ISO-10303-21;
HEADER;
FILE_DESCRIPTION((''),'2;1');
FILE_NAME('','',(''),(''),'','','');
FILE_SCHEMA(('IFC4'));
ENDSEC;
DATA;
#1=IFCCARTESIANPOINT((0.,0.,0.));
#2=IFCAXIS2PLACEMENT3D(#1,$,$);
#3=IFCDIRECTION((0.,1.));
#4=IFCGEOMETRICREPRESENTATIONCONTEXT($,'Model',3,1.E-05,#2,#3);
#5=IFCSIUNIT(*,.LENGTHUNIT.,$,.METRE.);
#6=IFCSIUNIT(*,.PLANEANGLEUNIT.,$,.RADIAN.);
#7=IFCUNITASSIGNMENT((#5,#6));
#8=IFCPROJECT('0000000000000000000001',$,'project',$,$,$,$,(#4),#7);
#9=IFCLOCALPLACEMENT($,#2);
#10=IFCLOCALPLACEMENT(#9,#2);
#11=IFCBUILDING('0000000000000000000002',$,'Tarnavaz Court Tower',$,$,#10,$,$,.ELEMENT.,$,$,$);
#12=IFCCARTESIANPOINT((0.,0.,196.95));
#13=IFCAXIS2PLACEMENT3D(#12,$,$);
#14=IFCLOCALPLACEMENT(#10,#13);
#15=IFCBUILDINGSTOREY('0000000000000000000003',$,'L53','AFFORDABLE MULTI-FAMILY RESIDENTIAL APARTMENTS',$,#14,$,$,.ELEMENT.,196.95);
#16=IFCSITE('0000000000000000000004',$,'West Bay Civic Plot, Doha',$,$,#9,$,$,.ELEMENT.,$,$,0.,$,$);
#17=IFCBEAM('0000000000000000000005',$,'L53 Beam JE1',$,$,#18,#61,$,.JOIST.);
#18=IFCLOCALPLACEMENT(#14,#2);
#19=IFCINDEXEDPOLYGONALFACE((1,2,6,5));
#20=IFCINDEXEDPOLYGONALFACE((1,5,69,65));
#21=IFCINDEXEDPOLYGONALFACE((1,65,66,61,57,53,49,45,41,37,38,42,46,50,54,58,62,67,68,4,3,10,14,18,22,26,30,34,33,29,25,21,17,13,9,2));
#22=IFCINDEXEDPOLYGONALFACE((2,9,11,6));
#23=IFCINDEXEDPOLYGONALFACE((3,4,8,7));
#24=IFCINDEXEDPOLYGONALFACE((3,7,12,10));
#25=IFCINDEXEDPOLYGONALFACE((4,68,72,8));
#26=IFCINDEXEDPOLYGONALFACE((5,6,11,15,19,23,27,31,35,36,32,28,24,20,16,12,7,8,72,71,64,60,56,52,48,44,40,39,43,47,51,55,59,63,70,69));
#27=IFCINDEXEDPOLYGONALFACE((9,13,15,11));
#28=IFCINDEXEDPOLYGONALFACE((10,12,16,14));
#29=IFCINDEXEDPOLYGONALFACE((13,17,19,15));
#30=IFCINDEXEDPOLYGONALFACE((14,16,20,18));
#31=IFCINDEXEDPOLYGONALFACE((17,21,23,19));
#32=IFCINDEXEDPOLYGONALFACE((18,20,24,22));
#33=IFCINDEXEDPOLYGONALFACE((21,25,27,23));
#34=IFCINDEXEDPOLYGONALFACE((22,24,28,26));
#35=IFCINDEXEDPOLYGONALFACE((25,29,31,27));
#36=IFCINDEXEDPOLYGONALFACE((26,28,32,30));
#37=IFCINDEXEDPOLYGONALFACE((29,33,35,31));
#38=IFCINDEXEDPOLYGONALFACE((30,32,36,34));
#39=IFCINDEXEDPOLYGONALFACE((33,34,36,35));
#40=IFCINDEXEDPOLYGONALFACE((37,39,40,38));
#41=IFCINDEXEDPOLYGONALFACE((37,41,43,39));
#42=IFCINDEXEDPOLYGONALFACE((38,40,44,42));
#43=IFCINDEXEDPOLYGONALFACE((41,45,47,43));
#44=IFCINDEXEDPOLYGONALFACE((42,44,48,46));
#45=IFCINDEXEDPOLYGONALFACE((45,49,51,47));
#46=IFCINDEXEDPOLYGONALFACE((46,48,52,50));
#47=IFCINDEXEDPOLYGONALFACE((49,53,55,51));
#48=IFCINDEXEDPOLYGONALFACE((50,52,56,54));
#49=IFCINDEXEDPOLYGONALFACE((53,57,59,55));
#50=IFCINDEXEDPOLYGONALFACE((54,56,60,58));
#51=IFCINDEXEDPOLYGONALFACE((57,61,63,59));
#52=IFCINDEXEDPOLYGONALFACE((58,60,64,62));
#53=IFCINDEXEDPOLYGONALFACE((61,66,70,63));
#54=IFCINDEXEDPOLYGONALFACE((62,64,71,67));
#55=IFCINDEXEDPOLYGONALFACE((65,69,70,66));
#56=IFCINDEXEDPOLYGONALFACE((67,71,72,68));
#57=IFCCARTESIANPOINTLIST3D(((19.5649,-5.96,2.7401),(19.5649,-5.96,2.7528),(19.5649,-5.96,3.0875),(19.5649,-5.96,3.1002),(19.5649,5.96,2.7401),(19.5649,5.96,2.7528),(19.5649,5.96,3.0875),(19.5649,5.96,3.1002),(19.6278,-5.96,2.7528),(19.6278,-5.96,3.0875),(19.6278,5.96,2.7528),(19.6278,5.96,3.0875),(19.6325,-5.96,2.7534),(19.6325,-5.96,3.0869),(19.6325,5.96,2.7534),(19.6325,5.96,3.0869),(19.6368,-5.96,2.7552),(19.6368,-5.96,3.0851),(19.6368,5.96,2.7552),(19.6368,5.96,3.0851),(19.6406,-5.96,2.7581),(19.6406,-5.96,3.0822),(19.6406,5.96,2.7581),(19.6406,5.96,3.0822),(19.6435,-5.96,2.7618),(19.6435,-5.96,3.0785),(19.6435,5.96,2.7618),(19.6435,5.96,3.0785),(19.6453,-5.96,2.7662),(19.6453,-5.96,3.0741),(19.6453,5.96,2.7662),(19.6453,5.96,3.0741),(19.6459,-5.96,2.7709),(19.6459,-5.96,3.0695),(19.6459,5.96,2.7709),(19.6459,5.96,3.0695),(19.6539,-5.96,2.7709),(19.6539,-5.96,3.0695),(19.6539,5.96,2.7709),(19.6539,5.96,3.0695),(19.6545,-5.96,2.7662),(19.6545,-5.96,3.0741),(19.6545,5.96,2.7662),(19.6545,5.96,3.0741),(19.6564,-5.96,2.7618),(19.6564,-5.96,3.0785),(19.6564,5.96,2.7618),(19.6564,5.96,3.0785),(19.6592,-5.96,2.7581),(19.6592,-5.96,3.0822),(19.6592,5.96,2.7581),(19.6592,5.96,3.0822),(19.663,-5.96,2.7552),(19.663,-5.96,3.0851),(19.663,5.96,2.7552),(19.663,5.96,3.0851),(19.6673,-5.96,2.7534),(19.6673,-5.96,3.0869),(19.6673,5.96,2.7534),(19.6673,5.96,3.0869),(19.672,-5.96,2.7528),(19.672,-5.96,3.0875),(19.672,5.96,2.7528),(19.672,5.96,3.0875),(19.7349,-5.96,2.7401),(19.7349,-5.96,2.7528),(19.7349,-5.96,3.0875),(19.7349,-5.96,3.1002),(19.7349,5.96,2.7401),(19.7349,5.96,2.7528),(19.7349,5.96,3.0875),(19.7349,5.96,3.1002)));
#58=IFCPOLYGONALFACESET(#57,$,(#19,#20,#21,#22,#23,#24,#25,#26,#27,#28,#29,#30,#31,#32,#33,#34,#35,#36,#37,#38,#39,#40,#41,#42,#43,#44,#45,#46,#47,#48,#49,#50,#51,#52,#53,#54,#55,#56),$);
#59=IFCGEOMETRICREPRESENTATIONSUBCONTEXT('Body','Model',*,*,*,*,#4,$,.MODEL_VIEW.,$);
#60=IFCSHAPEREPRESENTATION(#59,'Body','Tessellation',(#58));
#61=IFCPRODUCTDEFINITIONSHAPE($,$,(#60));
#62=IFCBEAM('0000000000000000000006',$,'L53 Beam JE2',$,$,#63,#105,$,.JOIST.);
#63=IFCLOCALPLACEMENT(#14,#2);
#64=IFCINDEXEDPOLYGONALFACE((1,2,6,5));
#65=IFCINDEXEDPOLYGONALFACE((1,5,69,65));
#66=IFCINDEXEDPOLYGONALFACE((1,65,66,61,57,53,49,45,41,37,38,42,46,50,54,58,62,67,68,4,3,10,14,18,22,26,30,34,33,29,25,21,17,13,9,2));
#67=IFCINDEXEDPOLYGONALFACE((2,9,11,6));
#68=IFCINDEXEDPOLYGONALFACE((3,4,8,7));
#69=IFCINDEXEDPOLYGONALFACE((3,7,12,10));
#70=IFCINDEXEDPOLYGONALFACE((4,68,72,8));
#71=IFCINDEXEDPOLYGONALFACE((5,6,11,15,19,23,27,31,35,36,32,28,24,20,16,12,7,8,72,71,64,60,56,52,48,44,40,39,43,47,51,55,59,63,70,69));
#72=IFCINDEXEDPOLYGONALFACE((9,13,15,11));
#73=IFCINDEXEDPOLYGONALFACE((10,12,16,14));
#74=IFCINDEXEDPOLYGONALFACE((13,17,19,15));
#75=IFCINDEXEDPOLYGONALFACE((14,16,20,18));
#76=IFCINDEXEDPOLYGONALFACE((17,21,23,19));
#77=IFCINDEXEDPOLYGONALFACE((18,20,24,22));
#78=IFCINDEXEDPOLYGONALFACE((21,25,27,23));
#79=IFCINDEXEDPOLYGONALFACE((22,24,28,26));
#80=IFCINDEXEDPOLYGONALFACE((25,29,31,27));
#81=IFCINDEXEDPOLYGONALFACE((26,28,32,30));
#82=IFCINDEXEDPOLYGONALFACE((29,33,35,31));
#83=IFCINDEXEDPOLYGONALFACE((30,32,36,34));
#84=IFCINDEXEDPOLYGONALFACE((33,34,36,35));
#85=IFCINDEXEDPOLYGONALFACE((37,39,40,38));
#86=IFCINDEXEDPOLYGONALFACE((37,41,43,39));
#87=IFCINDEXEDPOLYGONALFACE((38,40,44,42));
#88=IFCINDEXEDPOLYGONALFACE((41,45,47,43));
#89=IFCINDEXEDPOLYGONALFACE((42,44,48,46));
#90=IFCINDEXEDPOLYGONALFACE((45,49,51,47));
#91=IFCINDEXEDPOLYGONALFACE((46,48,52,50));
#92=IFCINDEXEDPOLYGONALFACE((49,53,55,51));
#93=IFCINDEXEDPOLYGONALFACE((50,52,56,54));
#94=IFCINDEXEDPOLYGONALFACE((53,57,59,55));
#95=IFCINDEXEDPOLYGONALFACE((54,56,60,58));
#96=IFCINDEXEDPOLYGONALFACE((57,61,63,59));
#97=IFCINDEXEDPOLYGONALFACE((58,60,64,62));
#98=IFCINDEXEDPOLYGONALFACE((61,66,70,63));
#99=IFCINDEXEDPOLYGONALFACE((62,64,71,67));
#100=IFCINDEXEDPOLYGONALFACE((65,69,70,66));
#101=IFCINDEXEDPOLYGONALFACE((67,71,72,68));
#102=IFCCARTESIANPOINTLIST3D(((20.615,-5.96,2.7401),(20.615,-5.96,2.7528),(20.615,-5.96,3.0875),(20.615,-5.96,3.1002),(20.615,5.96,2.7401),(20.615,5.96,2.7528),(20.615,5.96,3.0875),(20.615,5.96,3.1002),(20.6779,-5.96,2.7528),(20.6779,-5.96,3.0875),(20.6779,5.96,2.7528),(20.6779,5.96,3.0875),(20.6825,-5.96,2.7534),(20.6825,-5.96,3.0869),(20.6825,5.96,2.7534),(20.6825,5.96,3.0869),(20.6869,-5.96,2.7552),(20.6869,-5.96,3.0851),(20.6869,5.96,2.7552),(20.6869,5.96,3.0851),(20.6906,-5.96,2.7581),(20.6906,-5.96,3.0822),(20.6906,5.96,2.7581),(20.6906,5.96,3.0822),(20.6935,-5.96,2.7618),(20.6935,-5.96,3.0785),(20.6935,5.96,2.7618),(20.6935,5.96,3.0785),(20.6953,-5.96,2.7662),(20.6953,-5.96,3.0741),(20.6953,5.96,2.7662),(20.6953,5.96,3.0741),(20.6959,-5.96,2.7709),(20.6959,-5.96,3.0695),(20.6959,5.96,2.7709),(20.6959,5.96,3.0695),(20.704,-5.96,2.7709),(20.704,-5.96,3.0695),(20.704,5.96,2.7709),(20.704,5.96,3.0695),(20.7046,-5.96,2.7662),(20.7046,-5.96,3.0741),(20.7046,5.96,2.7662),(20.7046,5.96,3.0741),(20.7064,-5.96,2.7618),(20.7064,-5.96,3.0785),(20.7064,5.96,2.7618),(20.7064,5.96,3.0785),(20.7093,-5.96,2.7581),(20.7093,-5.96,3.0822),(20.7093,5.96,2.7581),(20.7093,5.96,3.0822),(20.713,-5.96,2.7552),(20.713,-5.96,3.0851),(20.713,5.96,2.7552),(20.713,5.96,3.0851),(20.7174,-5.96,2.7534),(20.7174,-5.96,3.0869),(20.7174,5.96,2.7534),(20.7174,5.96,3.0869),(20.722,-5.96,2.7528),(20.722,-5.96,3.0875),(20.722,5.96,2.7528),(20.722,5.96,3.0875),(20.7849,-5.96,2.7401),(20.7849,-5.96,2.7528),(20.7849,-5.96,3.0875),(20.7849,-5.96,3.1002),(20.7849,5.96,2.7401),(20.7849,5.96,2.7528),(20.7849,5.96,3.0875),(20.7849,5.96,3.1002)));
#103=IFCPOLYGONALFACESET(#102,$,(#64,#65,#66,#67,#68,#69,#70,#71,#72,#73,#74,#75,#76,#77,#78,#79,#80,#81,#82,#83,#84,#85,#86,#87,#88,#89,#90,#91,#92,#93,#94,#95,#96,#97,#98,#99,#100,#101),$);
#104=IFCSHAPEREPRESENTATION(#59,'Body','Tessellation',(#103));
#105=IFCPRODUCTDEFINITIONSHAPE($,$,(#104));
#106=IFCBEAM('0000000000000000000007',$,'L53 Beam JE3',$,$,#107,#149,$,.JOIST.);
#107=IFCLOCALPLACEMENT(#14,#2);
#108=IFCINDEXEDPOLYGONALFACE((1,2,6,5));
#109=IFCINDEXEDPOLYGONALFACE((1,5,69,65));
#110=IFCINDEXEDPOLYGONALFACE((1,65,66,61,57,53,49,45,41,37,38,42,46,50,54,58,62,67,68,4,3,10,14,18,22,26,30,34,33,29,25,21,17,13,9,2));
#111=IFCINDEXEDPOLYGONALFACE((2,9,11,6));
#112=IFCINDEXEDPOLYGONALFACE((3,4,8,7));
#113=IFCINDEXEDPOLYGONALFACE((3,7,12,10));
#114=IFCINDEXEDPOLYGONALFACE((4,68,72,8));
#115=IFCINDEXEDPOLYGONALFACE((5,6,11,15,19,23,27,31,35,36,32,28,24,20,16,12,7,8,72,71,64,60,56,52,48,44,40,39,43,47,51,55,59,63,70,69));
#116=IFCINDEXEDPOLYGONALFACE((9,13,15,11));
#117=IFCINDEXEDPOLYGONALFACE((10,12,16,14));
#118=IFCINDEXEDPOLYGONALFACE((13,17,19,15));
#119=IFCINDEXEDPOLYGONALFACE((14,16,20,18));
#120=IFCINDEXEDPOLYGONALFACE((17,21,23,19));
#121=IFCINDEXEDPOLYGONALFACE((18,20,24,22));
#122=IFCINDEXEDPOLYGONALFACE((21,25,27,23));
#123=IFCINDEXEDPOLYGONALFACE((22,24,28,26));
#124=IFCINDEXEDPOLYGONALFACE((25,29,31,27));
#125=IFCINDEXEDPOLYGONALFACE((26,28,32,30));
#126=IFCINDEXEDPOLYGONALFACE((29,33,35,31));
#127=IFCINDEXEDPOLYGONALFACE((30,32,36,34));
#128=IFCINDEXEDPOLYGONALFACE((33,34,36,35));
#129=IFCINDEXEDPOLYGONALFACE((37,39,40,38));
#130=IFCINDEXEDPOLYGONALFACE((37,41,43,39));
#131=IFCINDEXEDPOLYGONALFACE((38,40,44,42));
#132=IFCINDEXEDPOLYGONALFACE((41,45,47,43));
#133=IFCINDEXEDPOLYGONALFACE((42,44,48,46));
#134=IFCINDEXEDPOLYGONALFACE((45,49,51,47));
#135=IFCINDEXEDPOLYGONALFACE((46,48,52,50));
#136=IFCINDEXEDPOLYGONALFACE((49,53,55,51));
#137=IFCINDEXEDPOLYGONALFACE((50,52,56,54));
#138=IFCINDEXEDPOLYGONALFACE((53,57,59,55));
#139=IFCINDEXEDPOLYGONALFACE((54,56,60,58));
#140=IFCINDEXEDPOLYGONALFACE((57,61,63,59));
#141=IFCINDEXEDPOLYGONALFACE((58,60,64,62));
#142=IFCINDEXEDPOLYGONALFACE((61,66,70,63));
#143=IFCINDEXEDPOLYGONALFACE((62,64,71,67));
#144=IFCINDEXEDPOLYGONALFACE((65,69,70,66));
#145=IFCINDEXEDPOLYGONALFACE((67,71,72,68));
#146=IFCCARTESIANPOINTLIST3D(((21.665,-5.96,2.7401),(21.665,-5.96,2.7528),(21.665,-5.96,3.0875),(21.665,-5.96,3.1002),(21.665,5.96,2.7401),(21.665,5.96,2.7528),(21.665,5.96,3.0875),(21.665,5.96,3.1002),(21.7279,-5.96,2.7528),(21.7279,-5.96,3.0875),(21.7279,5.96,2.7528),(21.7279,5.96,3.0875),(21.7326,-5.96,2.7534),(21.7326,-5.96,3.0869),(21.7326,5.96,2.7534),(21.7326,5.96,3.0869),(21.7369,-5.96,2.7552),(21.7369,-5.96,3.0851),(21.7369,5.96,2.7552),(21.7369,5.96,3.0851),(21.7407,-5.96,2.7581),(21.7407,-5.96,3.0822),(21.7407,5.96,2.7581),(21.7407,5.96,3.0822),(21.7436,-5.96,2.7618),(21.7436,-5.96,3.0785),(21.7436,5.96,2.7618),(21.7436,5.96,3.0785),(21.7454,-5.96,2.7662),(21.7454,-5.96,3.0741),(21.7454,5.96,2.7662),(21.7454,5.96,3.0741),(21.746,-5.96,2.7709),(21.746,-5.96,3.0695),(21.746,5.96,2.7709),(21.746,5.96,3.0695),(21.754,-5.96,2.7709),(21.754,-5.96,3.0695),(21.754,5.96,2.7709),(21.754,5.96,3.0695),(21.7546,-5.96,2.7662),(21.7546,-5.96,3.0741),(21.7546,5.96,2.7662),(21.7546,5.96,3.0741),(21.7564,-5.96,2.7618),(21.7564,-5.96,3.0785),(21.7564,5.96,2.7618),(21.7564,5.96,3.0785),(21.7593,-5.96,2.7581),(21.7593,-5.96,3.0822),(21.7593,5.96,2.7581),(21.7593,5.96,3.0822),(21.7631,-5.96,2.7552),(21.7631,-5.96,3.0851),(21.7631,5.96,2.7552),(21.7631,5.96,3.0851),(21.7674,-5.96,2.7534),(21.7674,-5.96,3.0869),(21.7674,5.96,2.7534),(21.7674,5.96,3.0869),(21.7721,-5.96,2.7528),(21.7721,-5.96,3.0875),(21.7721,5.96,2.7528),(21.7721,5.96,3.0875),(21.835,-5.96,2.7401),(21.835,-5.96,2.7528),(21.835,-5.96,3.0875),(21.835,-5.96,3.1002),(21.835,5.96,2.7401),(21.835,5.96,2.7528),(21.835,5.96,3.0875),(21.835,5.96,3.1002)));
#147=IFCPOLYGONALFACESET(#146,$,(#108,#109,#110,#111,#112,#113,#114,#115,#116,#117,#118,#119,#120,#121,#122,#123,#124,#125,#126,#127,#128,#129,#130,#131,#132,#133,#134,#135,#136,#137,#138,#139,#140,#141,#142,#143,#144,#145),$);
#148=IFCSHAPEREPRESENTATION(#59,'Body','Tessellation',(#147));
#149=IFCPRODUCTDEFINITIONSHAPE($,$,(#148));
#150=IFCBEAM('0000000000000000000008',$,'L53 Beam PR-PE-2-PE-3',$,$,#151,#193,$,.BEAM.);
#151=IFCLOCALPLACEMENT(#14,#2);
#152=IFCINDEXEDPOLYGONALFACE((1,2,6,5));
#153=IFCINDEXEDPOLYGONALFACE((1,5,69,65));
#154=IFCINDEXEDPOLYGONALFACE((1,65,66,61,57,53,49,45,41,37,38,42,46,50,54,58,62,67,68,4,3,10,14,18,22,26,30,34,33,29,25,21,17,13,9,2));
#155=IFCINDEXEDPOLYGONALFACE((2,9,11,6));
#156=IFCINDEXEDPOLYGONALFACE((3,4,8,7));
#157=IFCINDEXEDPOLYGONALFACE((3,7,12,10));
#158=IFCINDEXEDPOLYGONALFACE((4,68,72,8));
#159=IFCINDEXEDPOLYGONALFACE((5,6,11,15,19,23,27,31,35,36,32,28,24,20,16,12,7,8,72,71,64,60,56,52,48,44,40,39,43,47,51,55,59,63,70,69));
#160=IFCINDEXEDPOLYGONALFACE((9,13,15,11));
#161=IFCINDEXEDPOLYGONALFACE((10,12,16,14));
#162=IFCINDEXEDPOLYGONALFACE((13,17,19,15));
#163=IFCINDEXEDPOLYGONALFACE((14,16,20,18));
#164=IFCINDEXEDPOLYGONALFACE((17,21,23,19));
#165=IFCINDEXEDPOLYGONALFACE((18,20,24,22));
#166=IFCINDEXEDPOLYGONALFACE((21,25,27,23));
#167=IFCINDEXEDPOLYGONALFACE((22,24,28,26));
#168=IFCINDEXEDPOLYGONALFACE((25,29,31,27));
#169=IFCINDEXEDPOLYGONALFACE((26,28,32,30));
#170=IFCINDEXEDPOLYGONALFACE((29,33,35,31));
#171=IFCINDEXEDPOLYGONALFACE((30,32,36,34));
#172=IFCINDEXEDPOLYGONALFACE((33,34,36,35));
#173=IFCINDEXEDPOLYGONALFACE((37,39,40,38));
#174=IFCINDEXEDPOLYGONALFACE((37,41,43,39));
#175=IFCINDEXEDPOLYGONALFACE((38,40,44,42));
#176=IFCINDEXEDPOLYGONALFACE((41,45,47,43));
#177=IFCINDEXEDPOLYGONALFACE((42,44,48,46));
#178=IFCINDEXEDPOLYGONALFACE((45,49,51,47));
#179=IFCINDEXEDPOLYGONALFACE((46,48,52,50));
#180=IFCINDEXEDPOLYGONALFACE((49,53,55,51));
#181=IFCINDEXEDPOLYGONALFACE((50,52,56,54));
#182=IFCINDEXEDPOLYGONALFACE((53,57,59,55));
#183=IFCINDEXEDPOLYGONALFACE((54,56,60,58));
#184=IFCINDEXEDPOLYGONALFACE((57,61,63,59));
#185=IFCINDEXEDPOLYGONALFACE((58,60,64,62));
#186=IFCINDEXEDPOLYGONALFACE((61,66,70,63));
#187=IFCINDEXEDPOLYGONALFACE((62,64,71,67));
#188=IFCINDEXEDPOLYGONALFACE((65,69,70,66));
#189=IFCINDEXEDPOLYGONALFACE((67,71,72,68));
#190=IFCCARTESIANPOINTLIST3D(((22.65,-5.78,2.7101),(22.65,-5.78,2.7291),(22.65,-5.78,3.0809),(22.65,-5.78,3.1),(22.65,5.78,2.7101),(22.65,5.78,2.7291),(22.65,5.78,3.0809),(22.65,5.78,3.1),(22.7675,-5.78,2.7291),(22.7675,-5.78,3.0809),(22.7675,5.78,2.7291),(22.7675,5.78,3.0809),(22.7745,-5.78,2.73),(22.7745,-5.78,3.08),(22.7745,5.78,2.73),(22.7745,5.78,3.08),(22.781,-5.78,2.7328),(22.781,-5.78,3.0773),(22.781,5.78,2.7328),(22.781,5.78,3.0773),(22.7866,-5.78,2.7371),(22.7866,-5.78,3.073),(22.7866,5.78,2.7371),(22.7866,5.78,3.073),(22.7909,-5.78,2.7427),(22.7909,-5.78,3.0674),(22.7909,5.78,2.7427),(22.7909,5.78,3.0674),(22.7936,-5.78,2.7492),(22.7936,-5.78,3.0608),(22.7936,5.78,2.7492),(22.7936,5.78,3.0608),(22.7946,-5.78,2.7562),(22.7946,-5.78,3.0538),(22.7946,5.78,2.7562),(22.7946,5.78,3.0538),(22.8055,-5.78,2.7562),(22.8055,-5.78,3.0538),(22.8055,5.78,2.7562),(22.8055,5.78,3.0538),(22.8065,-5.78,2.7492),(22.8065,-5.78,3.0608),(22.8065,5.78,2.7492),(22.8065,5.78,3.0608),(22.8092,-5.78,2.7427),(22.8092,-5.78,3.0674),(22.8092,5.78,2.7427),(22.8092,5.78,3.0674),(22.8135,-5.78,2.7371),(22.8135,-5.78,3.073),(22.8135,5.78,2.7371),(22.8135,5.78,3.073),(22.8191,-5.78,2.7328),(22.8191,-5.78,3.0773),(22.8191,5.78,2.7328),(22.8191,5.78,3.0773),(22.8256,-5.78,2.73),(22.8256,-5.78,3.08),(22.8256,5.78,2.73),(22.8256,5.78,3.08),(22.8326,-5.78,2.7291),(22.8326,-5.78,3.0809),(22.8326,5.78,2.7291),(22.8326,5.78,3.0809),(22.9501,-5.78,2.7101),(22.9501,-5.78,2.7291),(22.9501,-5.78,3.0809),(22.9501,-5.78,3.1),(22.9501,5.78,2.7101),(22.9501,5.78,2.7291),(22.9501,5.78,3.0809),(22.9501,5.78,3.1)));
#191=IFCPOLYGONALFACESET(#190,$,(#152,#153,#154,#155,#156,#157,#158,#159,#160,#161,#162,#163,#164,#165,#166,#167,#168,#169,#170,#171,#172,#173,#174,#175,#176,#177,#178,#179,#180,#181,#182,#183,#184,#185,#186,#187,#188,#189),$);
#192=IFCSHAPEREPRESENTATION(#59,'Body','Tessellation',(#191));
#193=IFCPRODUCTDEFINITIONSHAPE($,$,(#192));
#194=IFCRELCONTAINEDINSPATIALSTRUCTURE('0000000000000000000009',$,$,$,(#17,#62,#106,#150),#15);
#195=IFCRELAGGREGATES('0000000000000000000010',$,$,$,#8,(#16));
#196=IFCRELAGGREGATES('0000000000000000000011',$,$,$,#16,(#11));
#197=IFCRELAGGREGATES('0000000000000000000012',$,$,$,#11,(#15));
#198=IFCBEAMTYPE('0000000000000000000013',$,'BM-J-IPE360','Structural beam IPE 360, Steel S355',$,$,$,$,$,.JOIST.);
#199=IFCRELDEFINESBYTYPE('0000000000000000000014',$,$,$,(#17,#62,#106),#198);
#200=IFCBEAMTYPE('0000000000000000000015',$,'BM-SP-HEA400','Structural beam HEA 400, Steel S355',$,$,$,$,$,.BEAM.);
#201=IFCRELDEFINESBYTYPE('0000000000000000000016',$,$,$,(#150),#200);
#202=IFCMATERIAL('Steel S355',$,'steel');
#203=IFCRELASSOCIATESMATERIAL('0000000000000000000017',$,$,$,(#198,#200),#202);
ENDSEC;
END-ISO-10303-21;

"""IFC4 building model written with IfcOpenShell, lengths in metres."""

from ifc_helpers import new_model, si_unit, direction, frame, origin, origin_2d, place, context, subcontext, project, spatial, i_section, extrude, material, material_profile, profile_set, type_object, element, save


model = new_model("IFC4")

# Units and contexts
model_context = context("Model", 3, precision=1e-05, world=origin(), true_north=direction((0.0, 1.0)))
body_context = subcontext(model_context, "Body", "Model", "MODEL_VIEW")
ifc_project = project(units=[si_unit("LENGTHUNIT", "METRE"), si_unit("PLANEANGLEUNIT", "RADIAN")], contexts=[model_context])

# Site, building, storey
site_placement = place(None, origin())
site = spatial("IfcSite", under=ifc_project, at=site_placement, Name="West Bay Civic Plot, Doha", CompositionType="ELEMENT", RefElevation=0.0)
building_placement = place(site_placement, origin())
building = spatial("IfcBuilding", under=site, at=building_placement, Name="Tarnavaz Court Tower", CompositionType="ELEMENT")
storey_placement = place(building_placement, frame((0.0, 0.0, 196.95)))
storey = spatial("IfcBuildingStorey", under=building, at=storey_placement, Name="L53", Description="AFFORDABLE MULTI-FAMILY RESIDENTIAL APARTMENTS", CompositionType="ELEMENT", Elevation=196.95)

# Beams
ifc_material_1 = material(Name="Steel S355", Category="steel")
ifc_material_profile_1 = material_profile(ifc_material_1, i_section(OverallWidth=0.1699, OverallDepth=0.3601, WebThickness=0.0081, FlangeThickness=0.0127, FilletRadius=0.0181, at=origin_2d()), Name="IPE 360")
ifc_profile_set_1 = profile_set([ifc_material_profile_1], Name="Steel S355")
beam_type_1 = type_object("IfcBeamType", Name="BM-J-IPE360", Description="Structural beam IPE 360, Steel S355", PredefinedType="JOIST", material=ifc_profile_set_1)
for number, where, z_axis, x_axis, name in (
    (1, (19.6499, -5.96, 2.9202), (0.0, 1.0, 0.0), (-1.0, 0.0, 0.0), "L53 Beam JE1"),
    (2, (20.7, -5.96, 2.9202), (0.0, 1.0, 0.0), (-1.0, 0.0, 0.0), "L53 Beam JE2"),
    (3, (21.75, -5.96, 2.9202), (0.0, 1.0, 0.0), (-1.0, 0.0, 0.0), "L53 Beam JE3"),
):
    element("IfcBeam", number, at=place(storey_placement, frame(where, z_axis=z_axis, x_axis=x_axis)), inside=storey, type_object=beam_type_1, Name=name, PredefinedType="JOIST", context=body_context, shape_type="SweptSolid", body=[
        extrude(i_section(OverallWidth=0.1699, OverallDepth=0.3601, WebThickness=0.0081, FlangeThickness=0.0127, FilletRadius=0.0181, at=origin_2d()), origin(), (0.0, 0.0, 1.0), 11.9199),
    ])
ifc_material_profile_2 = material_profile(ifc_material_1, i_section(OverallWidth=0.3, OverallDepth=0.3899, WebThickness=0.011, FlangeThickness=0.019, FilletRadius=0.0271, at=origin_2d()), Name="HEA 400")
ifc_profile_set_2 = profile_set([ifc_material_profile_2], Name="Steel S355")
beam_type_2 = type_object("IfcBeamType", Name="BM-SP-HEA400", Description="Structural beam HEA 400, Steel S355", PredefinedType="BEAM", material=ifc_profile_set_2)
beam_1_placement = place(storey_placement, frame((22.8, -5.78, 2.905), z_axis=(0.0, 1.0, 0.0), x_axis=(-1.0, 0.0, 0.0)))
element("IfcBeam", 4, at=beam_1_placement, inside=storey, type_object=beam_type_2, Name="L53 Beam PR-PE-2-PE-3", PredefinedType="BEAM", context=body_context, shape_type="SweptSolid", body=[
    extrude(i_section(OverallWidth=0.3, OverallDepth=0.3899, WebThickness=0.011, FlangeThickness=0.019, FilletRadius=0.0271, at=origin_2d()), origin(), (0.0, 0.0, 1.0), 11.5601),
])

save(model, "model.ifc")
